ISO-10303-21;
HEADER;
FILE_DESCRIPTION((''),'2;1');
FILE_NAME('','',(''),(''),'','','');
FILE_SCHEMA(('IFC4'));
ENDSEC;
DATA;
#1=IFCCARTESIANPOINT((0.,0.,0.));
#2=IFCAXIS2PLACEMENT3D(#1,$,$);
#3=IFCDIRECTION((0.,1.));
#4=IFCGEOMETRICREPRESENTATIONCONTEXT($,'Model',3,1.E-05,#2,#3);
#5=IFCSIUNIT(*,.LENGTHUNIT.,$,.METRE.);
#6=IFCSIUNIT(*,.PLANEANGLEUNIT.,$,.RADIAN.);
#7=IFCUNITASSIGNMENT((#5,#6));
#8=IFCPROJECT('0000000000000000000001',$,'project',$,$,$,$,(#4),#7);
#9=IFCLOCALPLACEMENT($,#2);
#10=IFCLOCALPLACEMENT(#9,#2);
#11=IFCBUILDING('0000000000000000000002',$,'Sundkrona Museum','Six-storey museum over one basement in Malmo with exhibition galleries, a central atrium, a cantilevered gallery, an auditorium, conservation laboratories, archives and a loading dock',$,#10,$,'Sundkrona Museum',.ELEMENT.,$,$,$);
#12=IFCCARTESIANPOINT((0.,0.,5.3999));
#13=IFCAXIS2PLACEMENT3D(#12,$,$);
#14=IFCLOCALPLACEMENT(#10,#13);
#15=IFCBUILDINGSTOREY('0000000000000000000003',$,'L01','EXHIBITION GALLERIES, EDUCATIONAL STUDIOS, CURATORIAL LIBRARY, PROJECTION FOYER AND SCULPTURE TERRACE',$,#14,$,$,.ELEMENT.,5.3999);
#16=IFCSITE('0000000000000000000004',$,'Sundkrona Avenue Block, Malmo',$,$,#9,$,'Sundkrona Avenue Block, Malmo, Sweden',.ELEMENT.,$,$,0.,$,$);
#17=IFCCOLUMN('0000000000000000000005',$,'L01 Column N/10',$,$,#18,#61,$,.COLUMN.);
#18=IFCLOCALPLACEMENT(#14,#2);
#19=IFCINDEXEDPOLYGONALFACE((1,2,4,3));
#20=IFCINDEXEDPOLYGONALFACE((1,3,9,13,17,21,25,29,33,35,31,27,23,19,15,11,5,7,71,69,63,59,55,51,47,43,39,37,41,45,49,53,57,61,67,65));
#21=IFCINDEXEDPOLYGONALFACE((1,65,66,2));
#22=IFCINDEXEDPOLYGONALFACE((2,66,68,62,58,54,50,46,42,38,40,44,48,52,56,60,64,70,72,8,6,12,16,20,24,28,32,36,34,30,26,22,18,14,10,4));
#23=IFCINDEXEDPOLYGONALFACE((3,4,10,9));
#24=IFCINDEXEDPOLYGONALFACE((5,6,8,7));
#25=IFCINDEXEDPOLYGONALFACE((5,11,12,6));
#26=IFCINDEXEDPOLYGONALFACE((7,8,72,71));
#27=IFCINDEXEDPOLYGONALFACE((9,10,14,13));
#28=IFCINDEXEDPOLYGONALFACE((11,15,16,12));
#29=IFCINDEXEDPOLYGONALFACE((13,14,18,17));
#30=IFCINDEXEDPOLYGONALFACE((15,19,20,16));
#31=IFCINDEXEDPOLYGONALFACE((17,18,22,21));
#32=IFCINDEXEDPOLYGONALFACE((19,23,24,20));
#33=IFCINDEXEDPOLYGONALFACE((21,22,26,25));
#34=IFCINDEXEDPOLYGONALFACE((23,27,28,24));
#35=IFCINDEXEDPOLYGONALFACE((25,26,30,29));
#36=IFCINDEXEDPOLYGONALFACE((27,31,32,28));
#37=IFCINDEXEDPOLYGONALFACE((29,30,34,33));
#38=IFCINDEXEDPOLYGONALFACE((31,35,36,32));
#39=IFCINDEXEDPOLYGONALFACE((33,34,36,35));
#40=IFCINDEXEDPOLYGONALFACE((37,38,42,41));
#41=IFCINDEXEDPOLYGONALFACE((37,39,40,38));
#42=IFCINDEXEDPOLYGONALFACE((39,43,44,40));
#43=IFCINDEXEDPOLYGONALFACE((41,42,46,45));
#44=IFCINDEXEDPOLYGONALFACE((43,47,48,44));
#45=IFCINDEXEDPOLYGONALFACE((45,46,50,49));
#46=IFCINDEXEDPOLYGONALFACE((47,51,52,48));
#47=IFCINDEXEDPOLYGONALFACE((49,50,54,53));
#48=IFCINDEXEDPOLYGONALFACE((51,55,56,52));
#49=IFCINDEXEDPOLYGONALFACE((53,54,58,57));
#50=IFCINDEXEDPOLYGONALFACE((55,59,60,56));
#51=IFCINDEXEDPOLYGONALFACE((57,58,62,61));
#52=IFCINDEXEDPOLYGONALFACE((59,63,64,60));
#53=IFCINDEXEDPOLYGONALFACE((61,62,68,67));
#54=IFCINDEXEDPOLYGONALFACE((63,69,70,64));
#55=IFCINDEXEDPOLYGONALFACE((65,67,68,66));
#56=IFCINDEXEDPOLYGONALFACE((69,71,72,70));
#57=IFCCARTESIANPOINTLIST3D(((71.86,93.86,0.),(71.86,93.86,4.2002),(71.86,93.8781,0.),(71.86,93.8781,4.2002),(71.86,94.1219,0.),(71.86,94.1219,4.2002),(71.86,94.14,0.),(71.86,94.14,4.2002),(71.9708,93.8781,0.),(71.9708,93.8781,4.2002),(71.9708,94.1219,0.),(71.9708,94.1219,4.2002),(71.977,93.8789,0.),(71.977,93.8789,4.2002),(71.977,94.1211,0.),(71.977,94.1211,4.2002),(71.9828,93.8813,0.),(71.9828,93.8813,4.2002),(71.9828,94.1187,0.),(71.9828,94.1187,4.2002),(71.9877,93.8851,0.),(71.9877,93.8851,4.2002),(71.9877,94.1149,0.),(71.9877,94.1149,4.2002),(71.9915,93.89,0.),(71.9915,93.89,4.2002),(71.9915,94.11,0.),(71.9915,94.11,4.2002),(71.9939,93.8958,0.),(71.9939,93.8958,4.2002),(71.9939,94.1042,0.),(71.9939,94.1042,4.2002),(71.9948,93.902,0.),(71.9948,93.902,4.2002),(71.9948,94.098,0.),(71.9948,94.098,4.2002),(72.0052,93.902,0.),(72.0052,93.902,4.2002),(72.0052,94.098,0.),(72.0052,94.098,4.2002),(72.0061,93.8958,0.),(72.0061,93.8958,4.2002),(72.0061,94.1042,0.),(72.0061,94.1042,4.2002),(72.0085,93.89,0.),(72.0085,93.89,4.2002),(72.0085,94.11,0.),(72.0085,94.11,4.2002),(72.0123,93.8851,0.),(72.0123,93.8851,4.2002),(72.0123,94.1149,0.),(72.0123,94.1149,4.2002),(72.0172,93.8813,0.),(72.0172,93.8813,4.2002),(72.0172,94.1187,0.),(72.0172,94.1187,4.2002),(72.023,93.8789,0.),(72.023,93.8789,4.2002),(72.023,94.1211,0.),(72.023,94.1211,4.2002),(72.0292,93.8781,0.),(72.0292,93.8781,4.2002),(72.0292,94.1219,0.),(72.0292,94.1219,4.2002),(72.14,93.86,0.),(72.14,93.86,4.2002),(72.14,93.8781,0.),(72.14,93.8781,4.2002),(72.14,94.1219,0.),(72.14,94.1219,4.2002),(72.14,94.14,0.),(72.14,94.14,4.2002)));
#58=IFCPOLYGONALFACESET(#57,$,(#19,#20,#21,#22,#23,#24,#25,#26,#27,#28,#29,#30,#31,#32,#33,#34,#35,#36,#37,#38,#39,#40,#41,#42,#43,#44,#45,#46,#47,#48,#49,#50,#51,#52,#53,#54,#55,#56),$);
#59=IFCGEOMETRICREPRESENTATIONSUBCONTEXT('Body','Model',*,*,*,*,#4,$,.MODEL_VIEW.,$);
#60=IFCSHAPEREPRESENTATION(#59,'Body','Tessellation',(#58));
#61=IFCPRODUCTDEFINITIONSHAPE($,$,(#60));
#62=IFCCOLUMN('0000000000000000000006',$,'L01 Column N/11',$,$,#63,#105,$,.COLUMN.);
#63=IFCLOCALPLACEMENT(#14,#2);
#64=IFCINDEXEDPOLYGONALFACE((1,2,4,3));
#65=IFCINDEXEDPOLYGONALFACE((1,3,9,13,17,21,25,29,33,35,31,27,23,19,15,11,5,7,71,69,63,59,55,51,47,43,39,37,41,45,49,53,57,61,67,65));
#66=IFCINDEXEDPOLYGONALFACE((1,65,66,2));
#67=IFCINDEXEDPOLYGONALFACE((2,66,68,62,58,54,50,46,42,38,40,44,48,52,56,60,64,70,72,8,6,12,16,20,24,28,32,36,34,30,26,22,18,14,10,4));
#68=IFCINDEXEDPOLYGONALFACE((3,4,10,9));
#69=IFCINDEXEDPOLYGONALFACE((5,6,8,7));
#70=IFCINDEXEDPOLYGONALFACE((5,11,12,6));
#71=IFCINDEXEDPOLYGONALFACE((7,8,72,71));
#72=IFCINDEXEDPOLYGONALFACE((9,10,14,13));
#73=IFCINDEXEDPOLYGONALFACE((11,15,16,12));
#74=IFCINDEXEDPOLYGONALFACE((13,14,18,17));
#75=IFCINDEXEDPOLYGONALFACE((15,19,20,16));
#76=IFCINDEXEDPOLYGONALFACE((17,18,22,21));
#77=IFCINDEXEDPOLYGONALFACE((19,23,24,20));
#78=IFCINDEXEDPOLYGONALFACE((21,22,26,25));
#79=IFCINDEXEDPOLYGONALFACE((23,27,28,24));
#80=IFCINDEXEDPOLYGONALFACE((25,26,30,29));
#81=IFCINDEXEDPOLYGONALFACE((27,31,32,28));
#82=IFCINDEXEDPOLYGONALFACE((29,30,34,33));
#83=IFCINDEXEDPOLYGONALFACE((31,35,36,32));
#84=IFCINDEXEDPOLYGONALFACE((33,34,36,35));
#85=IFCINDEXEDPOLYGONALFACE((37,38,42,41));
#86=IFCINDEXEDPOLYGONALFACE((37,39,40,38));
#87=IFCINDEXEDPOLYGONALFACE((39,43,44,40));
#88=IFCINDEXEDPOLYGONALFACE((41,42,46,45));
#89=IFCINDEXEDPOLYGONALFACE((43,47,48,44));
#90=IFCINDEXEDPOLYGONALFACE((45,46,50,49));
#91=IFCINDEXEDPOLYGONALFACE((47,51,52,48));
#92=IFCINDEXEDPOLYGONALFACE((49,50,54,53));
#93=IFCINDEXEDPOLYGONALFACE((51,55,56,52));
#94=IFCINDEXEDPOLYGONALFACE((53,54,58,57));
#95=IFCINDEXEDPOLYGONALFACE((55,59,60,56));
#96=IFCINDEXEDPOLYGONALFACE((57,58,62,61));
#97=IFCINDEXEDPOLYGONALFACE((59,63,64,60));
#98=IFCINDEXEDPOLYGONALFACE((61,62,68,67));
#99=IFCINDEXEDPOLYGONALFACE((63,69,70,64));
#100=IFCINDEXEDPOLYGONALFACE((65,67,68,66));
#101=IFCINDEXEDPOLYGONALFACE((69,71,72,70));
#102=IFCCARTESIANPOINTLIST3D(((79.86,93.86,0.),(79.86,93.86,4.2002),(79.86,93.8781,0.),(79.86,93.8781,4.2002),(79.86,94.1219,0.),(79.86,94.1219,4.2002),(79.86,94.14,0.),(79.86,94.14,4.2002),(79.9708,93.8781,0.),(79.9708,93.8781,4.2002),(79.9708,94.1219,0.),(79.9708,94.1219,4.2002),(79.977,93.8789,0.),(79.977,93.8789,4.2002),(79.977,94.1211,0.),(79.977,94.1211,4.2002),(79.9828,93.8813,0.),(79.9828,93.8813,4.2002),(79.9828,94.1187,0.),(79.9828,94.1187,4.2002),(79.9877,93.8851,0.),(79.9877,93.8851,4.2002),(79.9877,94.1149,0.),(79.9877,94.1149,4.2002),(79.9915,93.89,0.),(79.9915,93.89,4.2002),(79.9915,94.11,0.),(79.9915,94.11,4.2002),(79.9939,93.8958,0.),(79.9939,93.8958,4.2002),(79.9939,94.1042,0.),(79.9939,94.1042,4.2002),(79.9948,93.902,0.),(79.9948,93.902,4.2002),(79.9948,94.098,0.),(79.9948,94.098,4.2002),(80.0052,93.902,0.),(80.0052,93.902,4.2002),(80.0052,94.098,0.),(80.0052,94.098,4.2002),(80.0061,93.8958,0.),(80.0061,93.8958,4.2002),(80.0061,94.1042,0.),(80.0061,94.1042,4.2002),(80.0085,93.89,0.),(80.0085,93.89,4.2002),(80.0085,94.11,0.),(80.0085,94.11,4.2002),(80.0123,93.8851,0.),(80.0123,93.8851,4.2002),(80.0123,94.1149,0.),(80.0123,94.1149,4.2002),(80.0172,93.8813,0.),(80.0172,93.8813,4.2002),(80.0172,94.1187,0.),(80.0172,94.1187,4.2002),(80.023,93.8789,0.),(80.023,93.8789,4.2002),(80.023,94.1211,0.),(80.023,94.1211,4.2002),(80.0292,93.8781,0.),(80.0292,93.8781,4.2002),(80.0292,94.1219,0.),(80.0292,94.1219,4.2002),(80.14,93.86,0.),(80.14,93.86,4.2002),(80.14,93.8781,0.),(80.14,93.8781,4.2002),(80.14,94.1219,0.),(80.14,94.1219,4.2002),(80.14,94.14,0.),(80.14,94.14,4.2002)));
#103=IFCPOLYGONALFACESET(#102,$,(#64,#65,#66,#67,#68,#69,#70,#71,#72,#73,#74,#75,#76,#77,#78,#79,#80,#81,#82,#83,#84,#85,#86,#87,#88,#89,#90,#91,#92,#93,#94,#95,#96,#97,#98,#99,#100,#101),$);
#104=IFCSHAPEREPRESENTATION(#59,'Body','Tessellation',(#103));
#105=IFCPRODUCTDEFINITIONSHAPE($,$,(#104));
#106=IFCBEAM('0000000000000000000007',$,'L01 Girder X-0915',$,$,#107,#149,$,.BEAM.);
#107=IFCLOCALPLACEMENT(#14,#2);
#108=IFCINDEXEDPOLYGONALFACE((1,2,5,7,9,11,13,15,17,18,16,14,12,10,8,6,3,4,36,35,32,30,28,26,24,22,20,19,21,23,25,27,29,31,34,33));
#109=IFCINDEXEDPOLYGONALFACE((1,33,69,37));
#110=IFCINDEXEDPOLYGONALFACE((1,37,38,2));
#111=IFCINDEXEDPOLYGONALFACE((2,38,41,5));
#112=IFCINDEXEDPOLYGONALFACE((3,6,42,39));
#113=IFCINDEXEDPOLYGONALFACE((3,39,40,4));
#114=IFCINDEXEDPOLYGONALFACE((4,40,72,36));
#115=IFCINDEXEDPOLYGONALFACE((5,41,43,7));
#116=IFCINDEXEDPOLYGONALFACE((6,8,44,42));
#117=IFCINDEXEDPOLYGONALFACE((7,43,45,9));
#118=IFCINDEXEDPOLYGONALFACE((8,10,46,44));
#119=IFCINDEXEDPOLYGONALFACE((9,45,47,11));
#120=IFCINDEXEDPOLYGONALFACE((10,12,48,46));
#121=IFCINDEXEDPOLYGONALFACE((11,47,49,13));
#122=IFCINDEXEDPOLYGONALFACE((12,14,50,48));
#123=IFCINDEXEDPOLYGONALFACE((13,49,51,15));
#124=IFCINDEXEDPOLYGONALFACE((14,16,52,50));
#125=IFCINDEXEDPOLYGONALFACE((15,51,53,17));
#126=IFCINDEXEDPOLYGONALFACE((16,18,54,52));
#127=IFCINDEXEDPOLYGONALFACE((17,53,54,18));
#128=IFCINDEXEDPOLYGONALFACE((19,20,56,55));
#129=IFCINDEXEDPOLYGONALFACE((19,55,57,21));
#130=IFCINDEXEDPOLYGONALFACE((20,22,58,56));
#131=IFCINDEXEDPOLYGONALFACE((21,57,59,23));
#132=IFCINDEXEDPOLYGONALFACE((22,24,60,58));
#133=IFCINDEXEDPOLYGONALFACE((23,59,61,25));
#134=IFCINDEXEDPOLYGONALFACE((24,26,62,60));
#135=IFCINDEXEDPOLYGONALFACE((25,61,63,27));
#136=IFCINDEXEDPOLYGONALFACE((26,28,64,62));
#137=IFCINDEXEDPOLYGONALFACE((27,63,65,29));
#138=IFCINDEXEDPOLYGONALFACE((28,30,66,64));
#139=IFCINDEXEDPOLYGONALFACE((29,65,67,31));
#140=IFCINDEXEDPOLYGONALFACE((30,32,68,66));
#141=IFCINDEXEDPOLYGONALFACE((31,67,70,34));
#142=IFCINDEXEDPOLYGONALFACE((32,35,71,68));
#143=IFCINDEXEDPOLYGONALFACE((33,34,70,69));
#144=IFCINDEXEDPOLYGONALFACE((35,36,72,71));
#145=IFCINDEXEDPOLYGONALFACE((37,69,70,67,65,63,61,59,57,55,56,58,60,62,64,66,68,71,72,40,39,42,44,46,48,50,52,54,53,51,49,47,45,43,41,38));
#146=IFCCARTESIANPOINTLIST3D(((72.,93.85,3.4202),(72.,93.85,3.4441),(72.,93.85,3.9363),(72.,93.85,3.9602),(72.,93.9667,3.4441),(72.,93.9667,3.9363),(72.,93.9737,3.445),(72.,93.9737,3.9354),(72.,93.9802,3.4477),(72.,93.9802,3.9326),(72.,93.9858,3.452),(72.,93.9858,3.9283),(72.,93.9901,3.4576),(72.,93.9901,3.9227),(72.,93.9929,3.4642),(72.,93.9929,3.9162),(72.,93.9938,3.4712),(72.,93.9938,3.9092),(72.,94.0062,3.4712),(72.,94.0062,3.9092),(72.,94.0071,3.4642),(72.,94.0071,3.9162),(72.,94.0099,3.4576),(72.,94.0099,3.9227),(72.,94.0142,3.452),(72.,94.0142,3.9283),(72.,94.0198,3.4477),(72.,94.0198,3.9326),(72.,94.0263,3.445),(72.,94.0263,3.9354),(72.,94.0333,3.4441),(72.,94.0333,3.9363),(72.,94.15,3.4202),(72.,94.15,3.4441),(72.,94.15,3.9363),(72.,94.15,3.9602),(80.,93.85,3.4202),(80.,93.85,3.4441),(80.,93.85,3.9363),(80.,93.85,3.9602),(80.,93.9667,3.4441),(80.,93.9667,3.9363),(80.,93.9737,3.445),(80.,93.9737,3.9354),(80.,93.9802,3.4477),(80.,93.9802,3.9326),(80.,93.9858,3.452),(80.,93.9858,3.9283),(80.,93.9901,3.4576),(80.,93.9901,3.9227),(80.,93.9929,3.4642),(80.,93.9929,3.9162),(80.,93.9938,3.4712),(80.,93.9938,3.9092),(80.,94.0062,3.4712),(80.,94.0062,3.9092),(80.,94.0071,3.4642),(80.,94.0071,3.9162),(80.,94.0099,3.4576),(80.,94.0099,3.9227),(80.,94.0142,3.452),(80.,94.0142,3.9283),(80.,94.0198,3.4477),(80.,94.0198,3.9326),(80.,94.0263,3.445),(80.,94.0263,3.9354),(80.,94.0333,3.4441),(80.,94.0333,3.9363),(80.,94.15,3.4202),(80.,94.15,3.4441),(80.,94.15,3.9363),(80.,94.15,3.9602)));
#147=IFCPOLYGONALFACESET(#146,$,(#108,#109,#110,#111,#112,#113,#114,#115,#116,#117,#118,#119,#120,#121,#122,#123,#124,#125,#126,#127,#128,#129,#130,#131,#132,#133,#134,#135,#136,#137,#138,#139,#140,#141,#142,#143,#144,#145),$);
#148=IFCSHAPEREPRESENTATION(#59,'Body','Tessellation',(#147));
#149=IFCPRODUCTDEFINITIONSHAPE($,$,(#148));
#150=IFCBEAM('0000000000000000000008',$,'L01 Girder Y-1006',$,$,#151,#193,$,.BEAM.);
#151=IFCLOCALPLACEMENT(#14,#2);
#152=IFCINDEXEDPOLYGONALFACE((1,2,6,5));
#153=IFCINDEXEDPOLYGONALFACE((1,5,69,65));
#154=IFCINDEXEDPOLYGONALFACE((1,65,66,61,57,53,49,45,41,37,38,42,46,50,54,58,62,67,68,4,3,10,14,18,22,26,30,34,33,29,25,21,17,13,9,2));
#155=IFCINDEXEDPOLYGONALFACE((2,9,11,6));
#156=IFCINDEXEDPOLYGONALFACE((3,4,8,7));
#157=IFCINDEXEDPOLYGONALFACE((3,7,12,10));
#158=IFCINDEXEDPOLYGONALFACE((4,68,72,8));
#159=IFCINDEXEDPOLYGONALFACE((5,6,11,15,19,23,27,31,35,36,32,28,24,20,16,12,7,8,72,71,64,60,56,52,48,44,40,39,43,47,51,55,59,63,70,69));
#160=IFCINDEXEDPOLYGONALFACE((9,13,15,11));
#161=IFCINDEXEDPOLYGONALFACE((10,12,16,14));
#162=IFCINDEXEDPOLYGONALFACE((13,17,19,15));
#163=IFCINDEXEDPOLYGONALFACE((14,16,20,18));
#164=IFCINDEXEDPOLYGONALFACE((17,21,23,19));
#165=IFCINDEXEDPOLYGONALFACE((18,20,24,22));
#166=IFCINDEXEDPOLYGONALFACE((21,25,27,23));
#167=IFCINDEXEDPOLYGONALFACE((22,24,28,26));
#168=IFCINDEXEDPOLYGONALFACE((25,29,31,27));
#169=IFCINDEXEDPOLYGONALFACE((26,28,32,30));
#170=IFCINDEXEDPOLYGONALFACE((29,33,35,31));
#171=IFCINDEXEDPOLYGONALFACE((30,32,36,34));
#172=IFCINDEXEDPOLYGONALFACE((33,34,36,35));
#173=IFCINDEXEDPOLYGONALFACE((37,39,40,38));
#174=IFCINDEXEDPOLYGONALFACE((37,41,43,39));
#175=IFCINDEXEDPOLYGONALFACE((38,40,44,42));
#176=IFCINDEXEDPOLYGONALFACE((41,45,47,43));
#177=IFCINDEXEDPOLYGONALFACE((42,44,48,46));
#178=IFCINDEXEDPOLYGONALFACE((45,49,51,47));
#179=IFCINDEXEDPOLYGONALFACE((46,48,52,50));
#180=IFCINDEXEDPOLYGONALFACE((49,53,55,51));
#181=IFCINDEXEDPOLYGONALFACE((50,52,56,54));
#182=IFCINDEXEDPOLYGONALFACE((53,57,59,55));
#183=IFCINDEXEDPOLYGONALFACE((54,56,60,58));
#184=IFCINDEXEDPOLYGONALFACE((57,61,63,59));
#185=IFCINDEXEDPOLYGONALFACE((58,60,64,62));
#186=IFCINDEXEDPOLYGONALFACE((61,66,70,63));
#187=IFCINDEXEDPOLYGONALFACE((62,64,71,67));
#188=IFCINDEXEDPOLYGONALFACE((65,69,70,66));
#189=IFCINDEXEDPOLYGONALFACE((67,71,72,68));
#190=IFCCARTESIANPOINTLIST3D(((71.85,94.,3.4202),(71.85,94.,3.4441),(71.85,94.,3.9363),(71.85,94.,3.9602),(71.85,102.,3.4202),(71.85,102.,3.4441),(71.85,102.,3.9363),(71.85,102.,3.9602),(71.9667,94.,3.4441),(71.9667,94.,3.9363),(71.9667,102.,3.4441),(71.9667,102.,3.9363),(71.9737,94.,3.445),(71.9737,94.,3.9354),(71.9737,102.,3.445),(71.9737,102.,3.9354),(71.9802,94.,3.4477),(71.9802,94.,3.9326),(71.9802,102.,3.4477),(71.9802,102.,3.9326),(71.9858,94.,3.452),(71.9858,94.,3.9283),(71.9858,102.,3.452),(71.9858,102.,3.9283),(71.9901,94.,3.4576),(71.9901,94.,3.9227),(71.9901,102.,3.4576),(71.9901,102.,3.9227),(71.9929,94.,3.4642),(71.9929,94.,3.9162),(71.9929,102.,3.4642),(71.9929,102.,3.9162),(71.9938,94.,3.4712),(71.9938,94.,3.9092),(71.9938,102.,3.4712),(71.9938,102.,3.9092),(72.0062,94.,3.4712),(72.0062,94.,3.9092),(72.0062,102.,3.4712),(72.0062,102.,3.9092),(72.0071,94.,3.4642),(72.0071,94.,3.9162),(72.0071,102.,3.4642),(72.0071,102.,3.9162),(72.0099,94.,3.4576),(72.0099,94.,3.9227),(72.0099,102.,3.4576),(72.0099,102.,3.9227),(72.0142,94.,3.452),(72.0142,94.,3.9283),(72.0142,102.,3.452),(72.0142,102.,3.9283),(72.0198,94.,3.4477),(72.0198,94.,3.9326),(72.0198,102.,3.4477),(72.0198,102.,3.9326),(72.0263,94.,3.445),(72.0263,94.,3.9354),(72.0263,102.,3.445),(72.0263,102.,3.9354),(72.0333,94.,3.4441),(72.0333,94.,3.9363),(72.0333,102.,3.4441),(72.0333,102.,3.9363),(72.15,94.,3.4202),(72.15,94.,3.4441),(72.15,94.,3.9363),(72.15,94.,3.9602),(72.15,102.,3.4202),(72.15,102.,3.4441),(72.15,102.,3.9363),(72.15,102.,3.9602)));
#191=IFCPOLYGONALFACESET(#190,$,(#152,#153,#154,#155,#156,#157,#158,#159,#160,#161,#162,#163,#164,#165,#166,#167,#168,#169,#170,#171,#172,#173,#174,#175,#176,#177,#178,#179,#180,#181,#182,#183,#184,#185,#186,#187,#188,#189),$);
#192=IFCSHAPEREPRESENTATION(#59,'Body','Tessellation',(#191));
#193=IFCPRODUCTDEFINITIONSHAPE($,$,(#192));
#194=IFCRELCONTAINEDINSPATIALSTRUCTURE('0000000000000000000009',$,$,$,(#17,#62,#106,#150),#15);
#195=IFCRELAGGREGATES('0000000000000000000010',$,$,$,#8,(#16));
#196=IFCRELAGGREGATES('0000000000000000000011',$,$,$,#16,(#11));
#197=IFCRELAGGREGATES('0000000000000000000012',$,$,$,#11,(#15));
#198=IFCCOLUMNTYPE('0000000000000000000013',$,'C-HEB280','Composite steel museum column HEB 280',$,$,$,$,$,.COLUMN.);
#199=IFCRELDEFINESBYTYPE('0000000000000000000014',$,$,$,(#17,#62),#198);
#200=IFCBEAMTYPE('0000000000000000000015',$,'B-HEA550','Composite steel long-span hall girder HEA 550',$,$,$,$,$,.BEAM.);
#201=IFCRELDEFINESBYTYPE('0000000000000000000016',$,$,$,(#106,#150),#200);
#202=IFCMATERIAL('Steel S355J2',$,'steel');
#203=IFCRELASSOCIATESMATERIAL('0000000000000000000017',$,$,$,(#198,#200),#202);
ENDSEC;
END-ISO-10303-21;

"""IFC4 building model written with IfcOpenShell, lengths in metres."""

from ifc_helpers import new_model, si_unit, direction, frame, origin, origin_2d, place, context, subcontext, project, spatial, i_section, extrude, material, material_profile, profile_set, type_object, element, save


model = new_model("IFC4")

# Units and contexts
model_context = context("Model", 3, precision=1e-05, world=origin(), true_north=direction((0.0, 1.0)))
body_context = subcontext(model_context, "Body", "Model", "MODEL_VIEW")
ifc_project = project(units=[si_unit("LENGTHUNIT", "METRE"), si_unit("PLANEANGLEUNIT", "RADIAN")], contexts=[model_context])

# Site, building, storey
site_placement = place(None, origin())
site = spatial("IfcSite", under=ifc_project, at=site_placement, Name="Sundkrona Avenue Block, Malmo", LongName="Sundkrona Avenue Block, Malmo, Sweden", CompositionType="ELEMENT", RefElevation=0.0)
building_placement = place(site_placement, origin())
building = spatial("IfcBuilding", under=site, at=building_placement, Name="Sundkrona Museum", Description="Six-storey museum over one basement in Malmo with exhibition galleries, a central atrium, a cantilevered gallery, an auditorium, conservation laboratories, archives and a loading dock", LongName="Sundkrona Museum", CompositionType="ELEMENT")
storey_placement = place(building_placement, frame((0.0, 0.0, 5.3999)))
storey = spatial("IfcBuildingStorey", under=building, at=storey_placement, Name="L01", Description="EXHIBITION GALLERIES, EDUCATIONAL STUDIOS, CURATORIAL LIBRARY, PROJECTION FOYER AND SCULPTURE TERRACE", CompositionType="ELEMENT", Elevation=5.3999)

# Columns
ifc_material_1 = material(Name="Steel S355J2", Category="steel")
ifc_material_profile_1 = material_profile(ifc_material_1, i_section(OverallWidth=0.28, OverallDepth=0.28, WebThickness=0.0105, FlangeThickness=0.0181, FilletRadius=0.0239, at=origin_2d()), Name="HEB 280")
ifc_profile_set_1 = profile_set([ifc_material_profile_1], Name="Steel S355J2")
column_type = type_object("IfcColumnType", Name="C-HEB280", Description="Composite steel museum column HEB 280", PredefinedType="COLUMN", material=ifc_profile_set_1)
for number, where, z_axis, x_axis, name in (
    (1, (72.0, 94.0, 0.0), (0.0, 0.0, 1.0), (1.0, 0.0, 0.0), "L01 Column N/10"),
    (2, (80.0, 94.0, 0.0), (0.0, 0.0, 1.0), (1.0, 0.0, 0.0), "L01 Column N/11"),
):
    element("IfcColumn", number, at=place(storey_placement, frame(where, z_axis=z_axis, x_axis=x_axis)), inside=storey, type_object=column_type, Name=name, PredefinedType="COLUMN", context=body_context, shape_type="SweptSolid", body=[
        extrude(i_section(OverallWidth=0.28, OverallDepth=0.28, WebThickness=0.0105, FlangeThickness=0.0181, FilletRadius=0.0239, at=origin_2d()), origin(), (0.0, 0.0, 1.0), 4.2002),
    ])

# Beams
ifc_material_profile_2 = material_profile(ifc_material_1, i_section(OverallWidth=0.3, OverallDepth=0.54, WebThickness=0.0125, FlangeThickness=0.0239, FilletRadius=0.0271, at=origin_2d()), Name="HEA 550")
ifc_profile_set_2 = profile_set([ifc_material_profile_2], Name="Steel S355J2")
beam_type_1 = type_object("IfcBeamType", Name="B-HEA550", Description="Composite steel long-span hall girder HEA 550", PredefinedType="BEAM", material=ifc_profile_set_2)
for number, where, z_axis, x_axis, name in (
    (3, (72.0, 94.0, 3.6902), (1.0, 0.0, 0.0), (0.0, 1.0, 0.0), "L01 Girder X-0915"),
    (4, (72.0, 94.0, 3.6902), (0.0, 1.0, 0.0), (-1.0, 0.0, 0.0), "L01 Girder Y-1006"),
):
    element("IfcBeam", number, at=place(storey_placement, frame(where, z_axis=z_axis, x_axis=x_axis)), inside=storey, type_object=beam_type_1, Name=name, PredefinedType="BEAM", context=body_context, shape_type="SweptSolid", body=[
        extrude(i_section(OverallWidth=0.3, OverallDepth=0.54, WebThickness=0.0125, FlangeThickness=0.0239, FilletRadius=0.0271, at=origin_2d()), origin(), (0.0, 0.0, 1.0), 8.0),
    ])

save(model, "model.ifc")
